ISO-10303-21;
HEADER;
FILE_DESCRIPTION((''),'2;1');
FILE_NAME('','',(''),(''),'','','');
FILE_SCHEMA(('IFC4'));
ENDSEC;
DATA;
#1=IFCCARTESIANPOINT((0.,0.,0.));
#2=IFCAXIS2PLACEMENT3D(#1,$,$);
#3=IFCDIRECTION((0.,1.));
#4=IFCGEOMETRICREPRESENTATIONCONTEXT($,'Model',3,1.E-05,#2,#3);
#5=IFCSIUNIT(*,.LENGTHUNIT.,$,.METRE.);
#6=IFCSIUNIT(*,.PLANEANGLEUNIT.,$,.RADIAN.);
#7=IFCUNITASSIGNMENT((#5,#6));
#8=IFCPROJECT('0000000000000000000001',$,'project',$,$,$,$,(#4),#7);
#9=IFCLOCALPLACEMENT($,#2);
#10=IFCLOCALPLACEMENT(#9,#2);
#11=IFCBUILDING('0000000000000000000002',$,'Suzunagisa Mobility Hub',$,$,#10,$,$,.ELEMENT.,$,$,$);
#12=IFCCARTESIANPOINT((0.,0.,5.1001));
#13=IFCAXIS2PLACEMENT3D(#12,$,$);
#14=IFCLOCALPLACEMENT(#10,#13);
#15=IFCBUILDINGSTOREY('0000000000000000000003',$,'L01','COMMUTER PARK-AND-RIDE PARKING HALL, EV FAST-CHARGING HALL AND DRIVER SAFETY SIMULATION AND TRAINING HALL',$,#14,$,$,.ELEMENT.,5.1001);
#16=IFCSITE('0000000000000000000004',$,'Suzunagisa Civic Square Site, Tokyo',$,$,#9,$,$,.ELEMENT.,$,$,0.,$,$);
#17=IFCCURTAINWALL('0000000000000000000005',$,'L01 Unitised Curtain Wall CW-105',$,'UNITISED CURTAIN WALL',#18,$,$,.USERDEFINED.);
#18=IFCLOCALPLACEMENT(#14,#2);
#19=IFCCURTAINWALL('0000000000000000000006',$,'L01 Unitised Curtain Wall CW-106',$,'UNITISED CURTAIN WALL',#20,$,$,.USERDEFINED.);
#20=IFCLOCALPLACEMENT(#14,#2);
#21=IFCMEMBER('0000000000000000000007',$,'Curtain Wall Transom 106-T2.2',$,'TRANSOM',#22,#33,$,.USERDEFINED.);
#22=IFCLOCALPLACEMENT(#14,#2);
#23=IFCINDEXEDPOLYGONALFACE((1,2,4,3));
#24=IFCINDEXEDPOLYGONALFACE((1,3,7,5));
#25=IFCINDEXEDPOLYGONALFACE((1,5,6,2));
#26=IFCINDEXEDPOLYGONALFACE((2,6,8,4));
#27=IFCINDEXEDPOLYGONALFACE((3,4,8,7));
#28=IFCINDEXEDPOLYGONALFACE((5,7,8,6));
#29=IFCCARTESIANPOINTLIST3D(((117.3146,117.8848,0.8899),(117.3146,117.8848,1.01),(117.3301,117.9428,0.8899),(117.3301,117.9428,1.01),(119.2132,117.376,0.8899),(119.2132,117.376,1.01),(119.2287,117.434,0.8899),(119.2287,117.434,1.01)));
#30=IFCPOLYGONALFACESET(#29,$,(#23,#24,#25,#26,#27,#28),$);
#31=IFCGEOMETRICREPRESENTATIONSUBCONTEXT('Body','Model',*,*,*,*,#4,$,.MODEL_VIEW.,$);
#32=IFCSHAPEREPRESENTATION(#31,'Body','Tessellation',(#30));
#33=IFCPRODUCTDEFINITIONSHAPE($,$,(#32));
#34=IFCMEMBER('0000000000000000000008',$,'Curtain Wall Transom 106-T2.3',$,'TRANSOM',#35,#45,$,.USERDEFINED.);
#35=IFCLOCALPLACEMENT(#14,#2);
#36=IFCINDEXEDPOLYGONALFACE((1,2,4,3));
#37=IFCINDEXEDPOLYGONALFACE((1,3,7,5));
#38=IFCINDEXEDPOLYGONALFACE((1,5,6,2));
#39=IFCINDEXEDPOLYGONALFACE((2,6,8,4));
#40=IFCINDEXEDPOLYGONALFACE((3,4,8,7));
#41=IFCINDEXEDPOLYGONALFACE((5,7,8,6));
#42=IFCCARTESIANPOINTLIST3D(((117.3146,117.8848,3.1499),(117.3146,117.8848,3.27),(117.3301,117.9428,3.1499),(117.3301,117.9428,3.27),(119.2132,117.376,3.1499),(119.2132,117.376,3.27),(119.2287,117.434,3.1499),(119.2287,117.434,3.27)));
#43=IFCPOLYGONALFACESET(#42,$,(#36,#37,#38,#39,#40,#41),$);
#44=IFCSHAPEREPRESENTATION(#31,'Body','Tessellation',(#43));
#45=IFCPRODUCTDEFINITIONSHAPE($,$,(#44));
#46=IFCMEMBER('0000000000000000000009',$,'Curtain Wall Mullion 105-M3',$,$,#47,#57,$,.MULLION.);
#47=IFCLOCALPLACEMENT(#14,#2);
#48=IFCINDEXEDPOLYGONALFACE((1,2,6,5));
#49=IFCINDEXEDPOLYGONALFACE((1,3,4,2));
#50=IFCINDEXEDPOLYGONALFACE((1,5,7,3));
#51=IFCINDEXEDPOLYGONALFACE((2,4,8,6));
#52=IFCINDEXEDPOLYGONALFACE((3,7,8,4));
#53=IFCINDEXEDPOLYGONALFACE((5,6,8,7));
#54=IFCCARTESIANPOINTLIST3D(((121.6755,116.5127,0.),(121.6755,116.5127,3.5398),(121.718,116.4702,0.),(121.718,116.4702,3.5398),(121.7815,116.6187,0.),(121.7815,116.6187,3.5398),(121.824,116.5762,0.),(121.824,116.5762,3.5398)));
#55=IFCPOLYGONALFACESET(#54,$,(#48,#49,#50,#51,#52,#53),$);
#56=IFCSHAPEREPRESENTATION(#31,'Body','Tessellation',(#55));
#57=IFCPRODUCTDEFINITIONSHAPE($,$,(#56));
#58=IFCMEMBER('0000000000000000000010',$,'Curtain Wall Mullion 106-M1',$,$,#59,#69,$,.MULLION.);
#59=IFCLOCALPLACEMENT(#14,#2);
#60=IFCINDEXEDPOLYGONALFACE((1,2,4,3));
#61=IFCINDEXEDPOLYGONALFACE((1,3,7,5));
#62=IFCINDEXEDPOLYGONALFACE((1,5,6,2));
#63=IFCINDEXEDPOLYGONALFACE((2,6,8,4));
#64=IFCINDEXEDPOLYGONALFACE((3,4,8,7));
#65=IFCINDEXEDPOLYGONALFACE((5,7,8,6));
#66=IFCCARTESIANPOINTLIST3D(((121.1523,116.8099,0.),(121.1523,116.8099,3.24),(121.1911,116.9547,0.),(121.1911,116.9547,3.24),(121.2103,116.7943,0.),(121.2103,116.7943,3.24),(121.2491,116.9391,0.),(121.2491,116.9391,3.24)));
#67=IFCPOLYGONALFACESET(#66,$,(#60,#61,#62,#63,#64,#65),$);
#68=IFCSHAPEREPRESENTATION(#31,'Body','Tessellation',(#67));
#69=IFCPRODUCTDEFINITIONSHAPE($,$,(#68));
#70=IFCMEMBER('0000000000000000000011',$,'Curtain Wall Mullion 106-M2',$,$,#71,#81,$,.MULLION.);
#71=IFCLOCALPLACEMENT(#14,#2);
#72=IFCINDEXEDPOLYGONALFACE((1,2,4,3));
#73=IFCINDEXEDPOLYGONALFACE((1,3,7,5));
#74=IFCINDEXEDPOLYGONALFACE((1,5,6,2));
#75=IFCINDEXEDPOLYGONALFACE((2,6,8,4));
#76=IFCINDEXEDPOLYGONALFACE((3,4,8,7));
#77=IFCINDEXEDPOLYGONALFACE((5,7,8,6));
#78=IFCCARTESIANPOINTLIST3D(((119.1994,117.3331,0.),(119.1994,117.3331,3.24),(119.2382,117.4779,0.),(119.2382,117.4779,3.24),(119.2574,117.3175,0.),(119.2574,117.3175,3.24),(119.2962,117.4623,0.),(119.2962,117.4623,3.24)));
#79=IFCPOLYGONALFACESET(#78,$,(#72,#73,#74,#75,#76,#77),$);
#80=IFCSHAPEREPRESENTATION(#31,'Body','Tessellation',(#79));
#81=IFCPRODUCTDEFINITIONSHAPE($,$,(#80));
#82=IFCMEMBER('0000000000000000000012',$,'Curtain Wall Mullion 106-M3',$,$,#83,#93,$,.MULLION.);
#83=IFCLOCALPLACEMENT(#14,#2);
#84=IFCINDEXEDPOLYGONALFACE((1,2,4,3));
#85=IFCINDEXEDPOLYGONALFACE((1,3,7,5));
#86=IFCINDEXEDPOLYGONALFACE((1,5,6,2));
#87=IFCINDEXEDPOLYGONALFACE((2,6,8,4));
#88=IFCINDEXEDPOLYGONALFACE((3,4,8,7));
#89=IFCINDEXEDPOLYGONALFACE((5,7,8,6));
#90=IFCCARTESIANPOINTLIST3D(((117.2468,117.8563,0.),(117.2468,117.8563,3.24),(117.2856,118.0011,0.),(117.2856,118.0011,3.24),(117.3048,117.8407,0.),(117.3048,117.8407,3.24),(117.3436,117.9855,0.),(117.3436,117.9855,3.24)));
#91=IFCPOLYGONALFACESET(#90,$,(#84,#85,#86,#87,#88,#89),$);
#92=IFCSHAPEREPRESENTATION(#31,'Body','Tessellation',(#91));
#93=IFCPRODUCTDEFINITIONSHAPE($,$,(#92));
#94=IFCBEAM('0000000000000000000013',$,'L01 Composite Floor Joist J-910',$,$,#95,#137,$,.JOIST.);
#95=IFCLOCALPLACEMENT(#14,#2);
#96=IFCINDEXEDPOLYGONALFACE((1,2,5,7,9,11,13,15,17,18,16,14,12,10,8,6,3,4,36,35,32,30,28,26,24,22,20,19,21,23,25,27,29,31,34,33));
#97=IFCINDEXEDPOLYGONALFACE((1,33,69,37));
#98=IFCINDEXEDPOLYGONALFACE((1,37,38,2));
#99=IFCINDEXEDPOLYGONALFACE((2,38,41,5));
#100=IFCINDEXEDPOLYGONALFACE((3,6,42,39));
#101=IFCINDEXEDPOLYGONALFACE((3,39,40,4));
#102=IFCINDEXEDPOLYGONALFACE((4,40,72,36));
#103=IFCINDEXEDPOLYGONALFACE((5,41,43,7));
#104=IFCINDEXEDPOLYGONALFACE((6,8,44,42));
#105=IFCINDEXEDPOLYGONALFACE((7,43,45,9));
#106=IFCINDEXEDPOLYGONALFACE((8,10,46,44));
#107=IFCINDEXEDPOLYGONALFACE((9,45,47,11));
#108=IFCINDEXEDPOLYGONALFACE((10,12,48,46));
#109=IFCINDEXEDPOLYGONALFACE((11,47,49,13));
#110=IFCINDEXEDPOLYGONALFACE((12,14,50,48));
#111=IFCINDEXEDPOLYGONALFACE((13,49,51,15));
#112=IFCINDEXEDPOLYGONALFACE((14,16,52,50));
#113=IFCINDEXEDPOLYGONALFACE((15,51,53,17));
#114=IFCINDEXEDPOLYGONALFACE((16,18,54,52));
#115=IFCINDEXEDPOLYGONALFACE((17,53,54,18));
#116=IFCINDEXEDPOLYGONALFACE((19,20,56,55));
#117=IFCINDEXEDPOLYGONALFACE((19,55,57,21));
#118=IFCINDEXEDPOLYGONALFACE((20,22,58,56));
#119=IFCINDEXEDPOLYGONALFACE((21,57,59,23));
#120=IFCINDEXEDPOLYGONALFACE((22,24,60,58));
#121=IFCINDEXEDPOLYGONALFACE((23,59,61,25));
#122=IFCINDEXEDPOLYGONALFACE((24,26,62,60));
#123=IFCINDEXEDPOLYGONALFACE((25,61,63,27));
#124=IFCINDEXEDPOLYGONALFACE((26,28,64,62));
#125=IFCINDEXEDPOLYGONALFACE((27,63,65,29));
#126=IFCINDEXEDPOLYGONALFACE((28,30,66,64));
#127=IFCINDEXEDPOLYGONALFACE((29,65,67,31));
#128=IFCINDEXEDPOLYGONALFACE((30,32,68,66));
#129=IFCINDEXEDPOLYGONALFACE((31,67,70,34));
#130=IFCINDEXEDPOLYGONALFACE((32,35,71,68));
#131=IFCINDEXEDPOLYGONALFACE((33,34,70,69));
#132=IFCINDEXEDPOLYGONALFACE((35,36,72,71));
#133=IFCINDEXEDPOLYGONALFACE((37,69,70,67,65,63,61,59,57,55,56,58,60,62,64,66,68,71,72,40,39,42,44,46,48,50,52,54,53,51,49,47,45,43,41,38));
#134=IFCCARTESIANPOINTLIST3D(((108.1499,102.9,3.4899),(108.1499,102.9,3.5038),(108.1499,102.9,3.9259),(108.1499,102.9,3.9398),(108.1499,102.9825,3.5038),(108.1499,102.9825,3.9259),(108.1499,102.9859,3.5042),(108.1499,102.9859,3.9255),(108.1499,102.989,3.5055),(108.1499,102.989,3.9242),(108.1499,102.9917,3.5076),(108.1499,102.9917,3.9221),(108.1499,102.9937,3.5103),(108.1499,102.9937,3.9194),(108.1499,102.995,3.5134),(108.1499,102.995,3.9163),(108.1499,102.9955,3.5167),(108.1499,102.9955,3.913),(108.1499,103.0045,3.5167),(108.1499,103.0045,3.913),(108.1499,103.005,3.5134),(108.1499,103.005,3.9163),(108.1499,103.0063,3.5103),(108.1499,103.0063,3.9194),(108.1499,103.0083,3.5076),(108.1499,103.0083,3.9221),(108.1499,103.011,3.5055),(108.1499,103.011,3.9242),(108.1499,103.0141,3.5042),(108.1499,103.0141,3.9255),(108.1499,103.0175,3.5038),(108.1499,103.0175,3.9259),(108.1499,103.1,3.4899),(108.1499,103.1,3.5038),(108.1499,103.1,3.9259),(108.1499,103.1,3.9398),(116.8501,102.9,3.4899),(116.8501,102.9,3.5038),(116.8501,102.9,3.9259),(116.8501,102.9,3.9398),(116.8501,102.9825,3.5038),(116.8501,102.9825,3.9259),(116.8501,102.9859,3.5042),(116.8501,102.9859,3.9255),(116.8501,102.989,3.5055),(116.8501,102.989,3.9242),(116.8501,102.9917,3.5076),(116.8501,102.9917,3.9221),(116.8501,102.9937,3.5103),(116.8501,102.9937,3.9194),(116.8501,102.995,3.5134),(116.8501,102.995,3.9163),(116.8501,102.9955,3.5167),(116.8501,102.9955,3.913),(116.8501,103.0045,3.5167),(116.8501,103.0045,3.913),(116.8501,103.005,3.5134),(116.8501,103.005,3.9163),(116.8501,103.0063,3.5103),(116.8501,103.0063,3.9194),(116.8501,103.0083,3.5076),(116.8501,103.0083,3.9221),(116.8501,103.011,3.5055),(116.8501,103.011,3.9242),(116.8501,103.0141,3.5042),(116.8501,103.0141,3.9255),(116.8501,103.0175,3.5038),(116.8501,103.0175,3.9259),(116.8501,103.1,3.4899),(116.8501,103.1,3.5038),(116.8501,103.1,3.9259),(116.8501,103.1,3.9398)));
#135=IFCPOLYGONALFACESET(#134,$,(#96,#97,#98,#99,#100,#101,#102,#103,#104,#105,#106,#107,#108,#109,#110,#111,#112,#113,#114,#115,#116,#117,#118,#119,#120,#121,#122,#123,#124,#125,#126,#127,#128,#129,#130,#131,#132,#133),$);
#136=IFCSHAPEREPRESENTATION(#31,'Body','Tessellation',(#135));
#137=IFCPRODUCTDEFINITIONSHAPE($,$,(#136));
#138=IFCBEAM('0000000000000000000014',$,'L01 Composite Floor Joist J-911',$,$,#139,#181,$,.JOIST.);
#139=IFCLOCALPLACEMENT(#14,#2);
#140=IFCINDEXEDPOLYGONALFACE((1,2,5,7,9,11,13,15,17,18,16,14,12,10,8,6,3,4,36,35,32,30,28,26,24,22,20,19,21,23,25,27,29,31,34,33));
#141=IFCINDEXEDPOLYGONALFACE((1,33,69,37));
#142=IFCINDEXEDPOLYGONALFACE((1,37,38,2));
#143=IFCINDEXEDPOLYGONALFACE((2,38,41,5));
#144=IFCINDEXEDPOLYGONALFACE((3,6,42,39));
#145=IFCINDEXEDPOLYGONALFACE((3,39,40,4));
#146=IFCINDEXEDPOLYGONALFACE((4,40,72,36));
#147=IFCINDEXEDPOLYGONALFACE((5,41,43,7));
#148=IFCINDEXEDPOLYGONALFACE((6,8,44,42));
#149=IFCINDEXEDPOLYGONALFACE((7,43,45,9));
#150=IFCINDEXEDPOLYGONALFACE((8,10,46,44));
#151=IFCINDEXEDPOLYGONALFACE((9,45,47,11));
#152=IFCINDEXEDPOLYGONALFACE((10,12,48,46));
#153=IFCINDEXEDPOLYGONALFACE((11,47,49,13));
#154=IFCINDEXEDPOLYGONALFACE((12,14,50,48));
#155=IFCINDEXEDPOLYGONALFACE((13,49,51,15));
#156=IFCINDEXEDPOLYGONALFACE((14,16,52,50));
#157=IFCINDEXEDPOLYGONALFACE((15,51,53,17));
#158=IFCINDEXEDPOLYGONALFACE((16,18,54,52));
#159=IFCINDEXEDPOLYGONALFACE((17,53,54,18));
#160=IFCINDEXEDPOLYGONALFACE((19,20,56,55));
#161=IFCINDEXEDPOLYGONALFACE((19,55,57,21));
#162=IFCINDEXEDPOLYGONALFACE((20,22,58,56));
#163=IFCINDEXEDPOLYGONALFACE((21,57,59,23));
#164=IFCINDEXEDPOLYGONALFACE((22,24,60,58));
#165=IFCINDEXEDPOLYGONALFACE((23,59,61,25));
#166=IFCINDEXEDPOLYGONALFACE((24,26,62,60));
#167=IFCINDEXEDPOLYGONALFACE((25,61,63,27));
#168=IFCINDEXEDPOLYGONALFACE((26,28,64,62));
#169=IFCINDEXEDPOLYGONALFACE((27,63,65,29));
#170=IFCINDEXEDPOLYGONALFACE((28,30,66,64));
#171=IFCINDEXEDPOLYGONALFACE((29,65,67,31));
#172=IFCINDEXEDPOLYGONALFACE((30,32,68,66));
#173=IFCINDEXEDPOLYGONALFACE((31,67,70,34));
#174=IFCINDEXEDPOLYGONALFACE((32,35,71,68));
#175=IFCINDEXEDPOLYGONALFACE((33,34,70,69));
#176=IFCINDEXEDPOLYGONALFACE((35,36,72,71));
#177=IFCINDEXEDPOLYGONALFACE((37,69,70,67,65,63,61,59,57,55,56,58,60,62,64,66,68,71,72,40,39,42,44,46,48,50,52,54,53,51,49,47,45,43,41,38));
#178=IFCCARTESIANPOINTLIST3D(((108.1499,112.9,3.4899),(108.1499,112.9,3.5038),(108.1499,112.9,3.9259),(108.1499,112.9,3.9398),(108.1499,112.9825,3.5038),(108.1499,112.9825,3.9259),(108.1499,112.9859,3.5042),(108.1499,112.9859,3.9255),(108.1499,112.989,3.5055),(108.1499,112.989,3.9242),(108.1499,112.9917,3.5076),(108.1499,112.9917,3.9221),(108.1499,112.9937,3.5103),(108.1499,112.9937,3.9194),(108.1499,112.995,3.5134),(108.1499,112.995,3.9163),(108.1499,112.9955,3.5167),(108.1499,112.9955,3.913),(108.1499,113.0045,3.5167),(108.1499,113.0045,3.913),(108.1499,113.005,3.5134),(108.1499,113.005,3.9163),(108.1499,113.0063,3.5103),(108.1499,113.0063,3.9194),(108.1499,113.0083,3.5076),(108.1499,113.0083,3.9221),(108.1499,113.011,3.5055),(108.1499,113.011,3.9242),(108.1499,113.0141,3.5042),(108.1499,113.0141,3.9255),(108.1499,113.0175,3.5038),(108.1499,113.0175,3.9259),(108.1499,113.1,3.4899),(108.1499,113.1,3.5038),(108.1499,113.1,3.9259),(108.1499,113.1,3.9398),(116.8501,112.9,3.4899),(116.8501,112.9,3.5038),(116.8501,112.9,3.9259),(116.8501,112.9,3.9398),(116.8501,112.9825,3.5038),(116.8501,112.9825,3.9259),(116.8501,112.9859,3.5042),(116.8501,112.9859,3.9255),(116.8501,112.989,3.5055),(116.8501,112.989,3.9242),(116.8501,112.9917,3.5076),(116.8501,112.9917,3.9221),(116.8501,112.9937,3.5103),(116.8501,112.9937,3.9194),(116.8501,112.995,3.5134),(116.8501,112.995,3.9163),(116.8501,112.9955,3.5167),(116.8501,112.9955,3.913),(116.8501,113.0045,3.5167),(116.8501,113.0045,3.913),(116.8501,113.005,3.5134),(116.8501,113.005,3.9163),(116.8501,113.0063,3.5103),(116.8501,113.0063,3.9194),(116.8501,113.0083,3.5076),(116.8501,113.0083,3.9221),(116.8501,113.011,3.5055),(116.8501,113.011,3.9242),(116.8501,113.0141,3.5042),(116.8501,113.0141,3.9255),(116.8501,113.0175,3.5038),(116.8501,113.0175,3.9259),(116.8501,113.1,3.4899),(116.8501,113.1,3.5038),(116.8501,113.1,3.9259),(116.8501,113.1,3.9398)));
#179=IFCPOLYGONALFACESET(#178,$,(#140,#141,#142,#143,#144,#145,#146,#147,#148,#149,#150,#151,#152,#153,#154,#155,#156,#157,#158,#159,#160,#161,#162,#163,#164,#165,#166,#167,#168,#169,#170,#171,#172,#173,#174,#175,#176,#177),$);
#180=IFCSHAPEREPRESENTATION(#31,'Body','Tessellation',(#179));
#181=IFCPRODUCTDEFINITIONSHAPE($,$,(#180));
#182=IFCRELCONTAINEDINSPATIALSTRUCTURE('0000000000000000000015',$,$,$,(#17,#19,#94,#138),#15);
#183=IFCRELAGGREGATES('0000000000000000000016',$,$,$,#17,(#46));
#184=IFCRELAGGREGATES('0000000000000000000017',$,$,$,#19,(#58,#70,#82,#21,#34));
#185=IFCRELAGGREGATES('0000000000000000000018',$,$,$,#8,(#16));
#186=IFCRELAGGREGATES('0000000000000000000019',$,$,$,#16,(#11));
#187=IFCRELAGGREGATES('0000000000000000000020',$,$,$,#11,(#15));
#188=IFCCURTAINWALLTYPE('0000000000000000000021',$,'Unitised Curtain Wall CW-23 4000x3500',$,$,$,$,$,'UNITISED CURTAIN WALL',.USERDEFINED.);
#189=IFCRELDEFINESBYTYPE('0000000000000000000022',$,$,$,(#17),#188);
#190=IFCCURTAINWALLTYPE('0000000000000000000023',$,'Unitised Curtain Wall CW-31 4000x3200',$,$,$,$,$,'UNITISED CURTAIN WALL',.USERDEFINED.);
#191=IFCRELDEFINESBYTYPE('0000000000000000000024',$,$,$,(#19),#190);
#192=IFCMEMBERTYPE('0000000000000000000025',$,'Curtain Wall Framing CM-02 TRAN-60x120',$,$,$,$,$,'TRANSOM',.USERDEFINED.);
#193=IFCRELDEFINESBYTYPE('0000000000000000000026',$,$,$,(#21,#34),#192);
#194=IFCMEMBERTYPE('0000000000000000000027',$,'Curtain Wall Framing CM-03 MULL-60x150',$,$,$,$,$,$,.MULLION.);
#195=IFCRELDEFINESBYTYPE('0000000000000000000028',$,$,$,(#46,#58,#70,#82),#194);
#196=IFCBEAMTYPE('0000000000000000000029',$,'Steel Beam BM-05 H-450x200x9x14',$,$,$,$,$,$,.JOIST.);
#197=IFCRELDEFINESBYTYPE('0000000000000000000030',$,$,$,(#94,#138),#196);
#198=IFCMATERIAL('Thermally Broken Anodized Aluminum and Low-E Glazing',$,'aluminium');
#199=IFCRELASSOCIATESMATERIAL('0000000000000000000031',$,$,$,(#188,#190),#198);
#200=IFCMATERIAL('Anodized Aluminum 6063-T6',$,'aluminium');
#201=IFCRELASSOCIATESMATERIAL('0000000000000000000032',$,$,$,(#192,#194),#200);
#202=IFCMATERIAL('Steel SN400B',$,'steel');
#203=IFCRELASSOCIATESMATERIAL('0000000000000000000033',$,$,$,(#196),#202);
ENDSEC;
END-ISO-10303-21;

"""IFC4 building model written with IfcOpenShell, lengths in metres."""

from ifc_helpers import new_model, si_unit, direction, frame, origin, origin_2d, place, context, subcontext, project, spatial, rectangle, i_section, extrude, material, material_profile, profile_set, type_object, element, aggregate, save


model = new_model("IFC4")

# Units and contexts
model_context = context("Model", 3, precision=1e-05, world=origin(), true_north=direction((0.0, 1.0)))
body_context = subcontext(model_context, "Body", "Model", "MODEL_VIEW")
ifc_project = project(units=[si_unit("LENGTHUNIT", "METRE"), si_unit("PLANEANGLEUNIT", "RADIAN")], contexts=[model_context])

# Site, building, storey
site_placement = place(None, origin())
site = spatial("IfcSite", under=ifc_project, at=site_placement, Name="Suzunagisa Civic Square Site, Tokyo", CompositionType="ELEMENT", RefElevation=0.0)
building_placement = place(site_placement, origin())
building = spatial("IfcBuilding", under=site, at=building_placement, Name="Suzunagisa Mobility Hub", CompositionType="ELEMENT")
storey_placement = place(building_placement, frame((0.0, 0.0, 5.1001)))
storey = spatial("IfcBuildingStorey", under=building, at=storey_placement, Name="L01", Description="COMMUTER PARK-AND-RIDE PARKING HALL, EV FAST-CHARGING HALL AND DRIVER SAFETY SIMULATION AND TRAINING HALL", CompositionType="ELEMENT", Elevation=5.1001)

# Curtain wall
ifc_material_1 = material(Name="Thermally Broken Anodized Aluminum and Low-E Glazing", Category="aluminium")
curtain_wall_type_1 = type_object("IfcCurtainWallType", Name="Unitised Curtain Wall CW-23 4000x3500", ElementType="UNITISED CURTAIN WALL", PredefinedType="USERDEFINED", material=ifc_material_1)
curtain_wall_1_placement = place(storey_placement, origin())
curtain_wall_1 = element("IfcCurtainWall", 1, at=curtain_wall_1_placement, inside=storey, type_object=curtain_wall_type_1, Name="L01 Unitised Curtain Wall CW-105", ObjectType="UNITISED CURTAIN WALL", PredefinedType="USERDEFINED")
ifc_material_2 = material(Name="Anodized Aluminum 6063-T6", Category="aluminium")
ifc_material_profile_1 = material_profile(ifc_material_2, rectangle(XDim=0.0601, YDim=0.1201, at=origin_2d()), Name="TRAN-60x120")
ifc_profile_set_1 = profile_set([ifc_material_profile_1], Name="Anodized Aluminum 6063-T6")
member_type_1 = type_object("IfcMemberType", Name="Curtain Wall Framing CM-02 TRAN-60x120", ElementType="TRANSOM", PredefinedType="USERDEFINED", material=ifc_profile_set_1)

# Curtain wall, members
curtain_wall_type_2 = type_object("IfcCurtainWallType", Name="Unitised Curtain Wall CW-31 4000x3200", ElementType="UNITISED CURTAIN WALL", PredefinedType="USERDEFINED", material=ifc_material_1)
curtain_wall_2_placement = place(storey_placement, origin())
curtain_wall_2 = element("IfcCurtainWall", 2, at=curtain_wall_2_placement, inside=storey, type_object=curtain_wall_type_2, Name="L01 Unitised Curtain Wall CW-106", ObjectType="UNITISED CURTAIN WALL", PredefinedType="USERDEFINED")
member_1_placement = place(storey_placement, frame((119.2209, 117.405, 0.95), z_axis=(-0.965921, 0.258837, 0.0), x_axis=(-0.258837, -0.965921, 0.0)))
member_1 = element("IfcMember", 3, at=member_1_placement, type_object=member_type_1, Name="Curtain Wall Transom 106-T2.2", ObjectType="TRANSOM", PredefinedType="USERDEFINED", context=body_context, shape_type="SweptSolid", body=[
    extrude(rectangle(XDim=0.0601, YDim=0.1201, at=origin_2d()), origin(), (0.0, 0.0, 1.0), 1.9656),
])
member_2_placement = place(storey_placement, frame((119.2209, 117.405, 3.21), z_axis=(-0.965921, 0.258837, 0.0), x_axis=(-0.258837, -0.965921, 0.0)))
member_2 = element("IfcMember", 4, at=member_2_placement, type_object=member_type_1, Name="Curtain Wall Transom 106-T2.3", ObjectType="TRANSOM", PredefinedType="USERDEFINED", context=body_context, shape_type="SweptSolid", body=[
    extrude(rectangle(XDim=0.0601, YDim=0.1201, at=origin_2d()), origin(), (0.0, 0.0, 1.0), 1.9656),
])

# Members
ifc_material_profile_2 = material_profile(ifc_material_2, rectangle(XDim=0.0601, YDim=0.1499, at=origin_2d()), Name="MULL-60x150")
ifc_profile_set_2 = profile_set([ifc_material_profile_2], Name="Anodized Aluminum 6063-T6")
member_type_2 = type_object("IfcMemberType", Name="Curtain Wall Framing CM-03 MULL-60x150", PredefinedType="MULLION", material=ifc_profile_set_2)
member_3_placement = place(storey_placement, frame((121.7498, 116.5444, 0.0), z_axis=(0.0, 0.0, 1.0), x_axis=(-0.707107, 0.707107, 0.0)))
member_3 = element("IfcMember", 5, at=member_3_placement, type_object=member_type_2, Name="Curtain Wall Mullion 105-M3", PredefinedType="MULLION", context=body_context, shape_type="SweptSolid", body=[
    extrude(rectangle(XDim=0.0601, YDim=0.1499, at=origin_2d()), origin(), (0.0, 0.0, 1.0), 3.5398),
])
member_4_placement = place(storey_placement, frame((121.2007, 116.8745, 0.0), z_axis=(0.0, 0.0, 1.0), x_axis=(-0.965925, 0.258821, 0.0)))
member_4 = element("IfcMember", 6, at=member_4_placement, type_object=member_type_2, Name="Curtain Wall Mullion 106-M1", PredefinedType="MULLION", context=body_context, shape_type="SweptSolid", body=[
    extrude(rectangle(XDim=0.0601, YDim=0.1499, at=origin_2d()), origin(), (0.0, 0.0, 1.0), 3.24),
])
member_5_placement = place(storey_placement, frame((119.2478, 117.3977, 0.0), z_axis=(0.0, 0.0, 1.0), x_axis=(-0.965925, 0.258821, 0.0)))
member_5 = element("IfcMember", 7, at=member_5_placement, type_object=member_type_2, Name="Curtain Wall Mullion 106-M2", PredefinedType="MULLION", context=body_context, shape_type="SweptSolid", body=[
    extrude(rectangle(XDim=0.0601, YDim=0.1499, at=origin_2d()), origin(), (0.0, 0.0, 1.0), 3.24),
])
member_6_placement = place(storey_placement, frame((117.2952, 117.9209, 0.0), z_axis=(0.0, 0.0, 1.0), x_axis=(-0.965925, 0.258821, 0.0)))
member_6 = element("IfcMember", 8, at=member_6_placement, type_object=member_type_2, Name="Curtain Wall Mullion 106-M3", PredefinedType="MULLION", context=body_context, shape_type="SweptSolid", body=[
    extrude(rectangle(XDim=0.0601, YDim=0.1499, at=origin_2d()), origin(), (0.0, 0.0, 1.0), 3.24),
])

# Beams
ifc_material_3 = material(Name="Steel SN400B", Category="steel")
ifc_material_profile_3 = material_profile(ifc_material_3, i_section(OverallWidth=0.2, OverallDepth=0.45, WebThickness=0.009, FlangeThickness=0.0139, FilletRadius=0.0129, at=origin_2d()), Name="H-450x200x9x14")
ifc_profile_set_3 = profile_set([ifc_material_profile_3], Name="Steel SN400B")
beam_type_1 = type_object("IfcBeamType", Name="Steel Beam BM-05 H-450x200x9x14", PredefinedType="JOIST", material=ifc_profile_set_3)
for number, where, z_axis, x_axis, name in (
    (9, (108.1499, 103.0, 3.7148), (1.0, 0.0, 0.0), (0.0, 1.0, 0.0), "L01 Composite Floor Joist J-910"),
    (10, (108.1499, 113.0, 3.7148), (1.0, 0.0, 0.0), (0.0, 1.0, 0.0), "L01 Composite Floor Joist J-911"),
):
    element("IfcBeam", number, at=place(storey_placement, frame(where, z_axis=z_axis, x_axis=x_axis)), inside=storey, type_object=beam_type_1, Name=name, PredefinedType="JOIST", context=body_context, shape_type="SweptSolid", body=[
        extrude(i_section(OverallWidth=0.2, OverallDepth=0.45, WebThickness=0.009, FlangeThickness=0.0139, FilletRadius=0.0129, at=origin_2d()), origin(), (0.0, 0.0, 1.0), 8.7002),
    ])

aggregate(curtain_wall_1, [member_3])
aggregate(curtain_wall_2, [member_4, member_5, member_6, member_1, member_2])

save(model, "model.ifc")
